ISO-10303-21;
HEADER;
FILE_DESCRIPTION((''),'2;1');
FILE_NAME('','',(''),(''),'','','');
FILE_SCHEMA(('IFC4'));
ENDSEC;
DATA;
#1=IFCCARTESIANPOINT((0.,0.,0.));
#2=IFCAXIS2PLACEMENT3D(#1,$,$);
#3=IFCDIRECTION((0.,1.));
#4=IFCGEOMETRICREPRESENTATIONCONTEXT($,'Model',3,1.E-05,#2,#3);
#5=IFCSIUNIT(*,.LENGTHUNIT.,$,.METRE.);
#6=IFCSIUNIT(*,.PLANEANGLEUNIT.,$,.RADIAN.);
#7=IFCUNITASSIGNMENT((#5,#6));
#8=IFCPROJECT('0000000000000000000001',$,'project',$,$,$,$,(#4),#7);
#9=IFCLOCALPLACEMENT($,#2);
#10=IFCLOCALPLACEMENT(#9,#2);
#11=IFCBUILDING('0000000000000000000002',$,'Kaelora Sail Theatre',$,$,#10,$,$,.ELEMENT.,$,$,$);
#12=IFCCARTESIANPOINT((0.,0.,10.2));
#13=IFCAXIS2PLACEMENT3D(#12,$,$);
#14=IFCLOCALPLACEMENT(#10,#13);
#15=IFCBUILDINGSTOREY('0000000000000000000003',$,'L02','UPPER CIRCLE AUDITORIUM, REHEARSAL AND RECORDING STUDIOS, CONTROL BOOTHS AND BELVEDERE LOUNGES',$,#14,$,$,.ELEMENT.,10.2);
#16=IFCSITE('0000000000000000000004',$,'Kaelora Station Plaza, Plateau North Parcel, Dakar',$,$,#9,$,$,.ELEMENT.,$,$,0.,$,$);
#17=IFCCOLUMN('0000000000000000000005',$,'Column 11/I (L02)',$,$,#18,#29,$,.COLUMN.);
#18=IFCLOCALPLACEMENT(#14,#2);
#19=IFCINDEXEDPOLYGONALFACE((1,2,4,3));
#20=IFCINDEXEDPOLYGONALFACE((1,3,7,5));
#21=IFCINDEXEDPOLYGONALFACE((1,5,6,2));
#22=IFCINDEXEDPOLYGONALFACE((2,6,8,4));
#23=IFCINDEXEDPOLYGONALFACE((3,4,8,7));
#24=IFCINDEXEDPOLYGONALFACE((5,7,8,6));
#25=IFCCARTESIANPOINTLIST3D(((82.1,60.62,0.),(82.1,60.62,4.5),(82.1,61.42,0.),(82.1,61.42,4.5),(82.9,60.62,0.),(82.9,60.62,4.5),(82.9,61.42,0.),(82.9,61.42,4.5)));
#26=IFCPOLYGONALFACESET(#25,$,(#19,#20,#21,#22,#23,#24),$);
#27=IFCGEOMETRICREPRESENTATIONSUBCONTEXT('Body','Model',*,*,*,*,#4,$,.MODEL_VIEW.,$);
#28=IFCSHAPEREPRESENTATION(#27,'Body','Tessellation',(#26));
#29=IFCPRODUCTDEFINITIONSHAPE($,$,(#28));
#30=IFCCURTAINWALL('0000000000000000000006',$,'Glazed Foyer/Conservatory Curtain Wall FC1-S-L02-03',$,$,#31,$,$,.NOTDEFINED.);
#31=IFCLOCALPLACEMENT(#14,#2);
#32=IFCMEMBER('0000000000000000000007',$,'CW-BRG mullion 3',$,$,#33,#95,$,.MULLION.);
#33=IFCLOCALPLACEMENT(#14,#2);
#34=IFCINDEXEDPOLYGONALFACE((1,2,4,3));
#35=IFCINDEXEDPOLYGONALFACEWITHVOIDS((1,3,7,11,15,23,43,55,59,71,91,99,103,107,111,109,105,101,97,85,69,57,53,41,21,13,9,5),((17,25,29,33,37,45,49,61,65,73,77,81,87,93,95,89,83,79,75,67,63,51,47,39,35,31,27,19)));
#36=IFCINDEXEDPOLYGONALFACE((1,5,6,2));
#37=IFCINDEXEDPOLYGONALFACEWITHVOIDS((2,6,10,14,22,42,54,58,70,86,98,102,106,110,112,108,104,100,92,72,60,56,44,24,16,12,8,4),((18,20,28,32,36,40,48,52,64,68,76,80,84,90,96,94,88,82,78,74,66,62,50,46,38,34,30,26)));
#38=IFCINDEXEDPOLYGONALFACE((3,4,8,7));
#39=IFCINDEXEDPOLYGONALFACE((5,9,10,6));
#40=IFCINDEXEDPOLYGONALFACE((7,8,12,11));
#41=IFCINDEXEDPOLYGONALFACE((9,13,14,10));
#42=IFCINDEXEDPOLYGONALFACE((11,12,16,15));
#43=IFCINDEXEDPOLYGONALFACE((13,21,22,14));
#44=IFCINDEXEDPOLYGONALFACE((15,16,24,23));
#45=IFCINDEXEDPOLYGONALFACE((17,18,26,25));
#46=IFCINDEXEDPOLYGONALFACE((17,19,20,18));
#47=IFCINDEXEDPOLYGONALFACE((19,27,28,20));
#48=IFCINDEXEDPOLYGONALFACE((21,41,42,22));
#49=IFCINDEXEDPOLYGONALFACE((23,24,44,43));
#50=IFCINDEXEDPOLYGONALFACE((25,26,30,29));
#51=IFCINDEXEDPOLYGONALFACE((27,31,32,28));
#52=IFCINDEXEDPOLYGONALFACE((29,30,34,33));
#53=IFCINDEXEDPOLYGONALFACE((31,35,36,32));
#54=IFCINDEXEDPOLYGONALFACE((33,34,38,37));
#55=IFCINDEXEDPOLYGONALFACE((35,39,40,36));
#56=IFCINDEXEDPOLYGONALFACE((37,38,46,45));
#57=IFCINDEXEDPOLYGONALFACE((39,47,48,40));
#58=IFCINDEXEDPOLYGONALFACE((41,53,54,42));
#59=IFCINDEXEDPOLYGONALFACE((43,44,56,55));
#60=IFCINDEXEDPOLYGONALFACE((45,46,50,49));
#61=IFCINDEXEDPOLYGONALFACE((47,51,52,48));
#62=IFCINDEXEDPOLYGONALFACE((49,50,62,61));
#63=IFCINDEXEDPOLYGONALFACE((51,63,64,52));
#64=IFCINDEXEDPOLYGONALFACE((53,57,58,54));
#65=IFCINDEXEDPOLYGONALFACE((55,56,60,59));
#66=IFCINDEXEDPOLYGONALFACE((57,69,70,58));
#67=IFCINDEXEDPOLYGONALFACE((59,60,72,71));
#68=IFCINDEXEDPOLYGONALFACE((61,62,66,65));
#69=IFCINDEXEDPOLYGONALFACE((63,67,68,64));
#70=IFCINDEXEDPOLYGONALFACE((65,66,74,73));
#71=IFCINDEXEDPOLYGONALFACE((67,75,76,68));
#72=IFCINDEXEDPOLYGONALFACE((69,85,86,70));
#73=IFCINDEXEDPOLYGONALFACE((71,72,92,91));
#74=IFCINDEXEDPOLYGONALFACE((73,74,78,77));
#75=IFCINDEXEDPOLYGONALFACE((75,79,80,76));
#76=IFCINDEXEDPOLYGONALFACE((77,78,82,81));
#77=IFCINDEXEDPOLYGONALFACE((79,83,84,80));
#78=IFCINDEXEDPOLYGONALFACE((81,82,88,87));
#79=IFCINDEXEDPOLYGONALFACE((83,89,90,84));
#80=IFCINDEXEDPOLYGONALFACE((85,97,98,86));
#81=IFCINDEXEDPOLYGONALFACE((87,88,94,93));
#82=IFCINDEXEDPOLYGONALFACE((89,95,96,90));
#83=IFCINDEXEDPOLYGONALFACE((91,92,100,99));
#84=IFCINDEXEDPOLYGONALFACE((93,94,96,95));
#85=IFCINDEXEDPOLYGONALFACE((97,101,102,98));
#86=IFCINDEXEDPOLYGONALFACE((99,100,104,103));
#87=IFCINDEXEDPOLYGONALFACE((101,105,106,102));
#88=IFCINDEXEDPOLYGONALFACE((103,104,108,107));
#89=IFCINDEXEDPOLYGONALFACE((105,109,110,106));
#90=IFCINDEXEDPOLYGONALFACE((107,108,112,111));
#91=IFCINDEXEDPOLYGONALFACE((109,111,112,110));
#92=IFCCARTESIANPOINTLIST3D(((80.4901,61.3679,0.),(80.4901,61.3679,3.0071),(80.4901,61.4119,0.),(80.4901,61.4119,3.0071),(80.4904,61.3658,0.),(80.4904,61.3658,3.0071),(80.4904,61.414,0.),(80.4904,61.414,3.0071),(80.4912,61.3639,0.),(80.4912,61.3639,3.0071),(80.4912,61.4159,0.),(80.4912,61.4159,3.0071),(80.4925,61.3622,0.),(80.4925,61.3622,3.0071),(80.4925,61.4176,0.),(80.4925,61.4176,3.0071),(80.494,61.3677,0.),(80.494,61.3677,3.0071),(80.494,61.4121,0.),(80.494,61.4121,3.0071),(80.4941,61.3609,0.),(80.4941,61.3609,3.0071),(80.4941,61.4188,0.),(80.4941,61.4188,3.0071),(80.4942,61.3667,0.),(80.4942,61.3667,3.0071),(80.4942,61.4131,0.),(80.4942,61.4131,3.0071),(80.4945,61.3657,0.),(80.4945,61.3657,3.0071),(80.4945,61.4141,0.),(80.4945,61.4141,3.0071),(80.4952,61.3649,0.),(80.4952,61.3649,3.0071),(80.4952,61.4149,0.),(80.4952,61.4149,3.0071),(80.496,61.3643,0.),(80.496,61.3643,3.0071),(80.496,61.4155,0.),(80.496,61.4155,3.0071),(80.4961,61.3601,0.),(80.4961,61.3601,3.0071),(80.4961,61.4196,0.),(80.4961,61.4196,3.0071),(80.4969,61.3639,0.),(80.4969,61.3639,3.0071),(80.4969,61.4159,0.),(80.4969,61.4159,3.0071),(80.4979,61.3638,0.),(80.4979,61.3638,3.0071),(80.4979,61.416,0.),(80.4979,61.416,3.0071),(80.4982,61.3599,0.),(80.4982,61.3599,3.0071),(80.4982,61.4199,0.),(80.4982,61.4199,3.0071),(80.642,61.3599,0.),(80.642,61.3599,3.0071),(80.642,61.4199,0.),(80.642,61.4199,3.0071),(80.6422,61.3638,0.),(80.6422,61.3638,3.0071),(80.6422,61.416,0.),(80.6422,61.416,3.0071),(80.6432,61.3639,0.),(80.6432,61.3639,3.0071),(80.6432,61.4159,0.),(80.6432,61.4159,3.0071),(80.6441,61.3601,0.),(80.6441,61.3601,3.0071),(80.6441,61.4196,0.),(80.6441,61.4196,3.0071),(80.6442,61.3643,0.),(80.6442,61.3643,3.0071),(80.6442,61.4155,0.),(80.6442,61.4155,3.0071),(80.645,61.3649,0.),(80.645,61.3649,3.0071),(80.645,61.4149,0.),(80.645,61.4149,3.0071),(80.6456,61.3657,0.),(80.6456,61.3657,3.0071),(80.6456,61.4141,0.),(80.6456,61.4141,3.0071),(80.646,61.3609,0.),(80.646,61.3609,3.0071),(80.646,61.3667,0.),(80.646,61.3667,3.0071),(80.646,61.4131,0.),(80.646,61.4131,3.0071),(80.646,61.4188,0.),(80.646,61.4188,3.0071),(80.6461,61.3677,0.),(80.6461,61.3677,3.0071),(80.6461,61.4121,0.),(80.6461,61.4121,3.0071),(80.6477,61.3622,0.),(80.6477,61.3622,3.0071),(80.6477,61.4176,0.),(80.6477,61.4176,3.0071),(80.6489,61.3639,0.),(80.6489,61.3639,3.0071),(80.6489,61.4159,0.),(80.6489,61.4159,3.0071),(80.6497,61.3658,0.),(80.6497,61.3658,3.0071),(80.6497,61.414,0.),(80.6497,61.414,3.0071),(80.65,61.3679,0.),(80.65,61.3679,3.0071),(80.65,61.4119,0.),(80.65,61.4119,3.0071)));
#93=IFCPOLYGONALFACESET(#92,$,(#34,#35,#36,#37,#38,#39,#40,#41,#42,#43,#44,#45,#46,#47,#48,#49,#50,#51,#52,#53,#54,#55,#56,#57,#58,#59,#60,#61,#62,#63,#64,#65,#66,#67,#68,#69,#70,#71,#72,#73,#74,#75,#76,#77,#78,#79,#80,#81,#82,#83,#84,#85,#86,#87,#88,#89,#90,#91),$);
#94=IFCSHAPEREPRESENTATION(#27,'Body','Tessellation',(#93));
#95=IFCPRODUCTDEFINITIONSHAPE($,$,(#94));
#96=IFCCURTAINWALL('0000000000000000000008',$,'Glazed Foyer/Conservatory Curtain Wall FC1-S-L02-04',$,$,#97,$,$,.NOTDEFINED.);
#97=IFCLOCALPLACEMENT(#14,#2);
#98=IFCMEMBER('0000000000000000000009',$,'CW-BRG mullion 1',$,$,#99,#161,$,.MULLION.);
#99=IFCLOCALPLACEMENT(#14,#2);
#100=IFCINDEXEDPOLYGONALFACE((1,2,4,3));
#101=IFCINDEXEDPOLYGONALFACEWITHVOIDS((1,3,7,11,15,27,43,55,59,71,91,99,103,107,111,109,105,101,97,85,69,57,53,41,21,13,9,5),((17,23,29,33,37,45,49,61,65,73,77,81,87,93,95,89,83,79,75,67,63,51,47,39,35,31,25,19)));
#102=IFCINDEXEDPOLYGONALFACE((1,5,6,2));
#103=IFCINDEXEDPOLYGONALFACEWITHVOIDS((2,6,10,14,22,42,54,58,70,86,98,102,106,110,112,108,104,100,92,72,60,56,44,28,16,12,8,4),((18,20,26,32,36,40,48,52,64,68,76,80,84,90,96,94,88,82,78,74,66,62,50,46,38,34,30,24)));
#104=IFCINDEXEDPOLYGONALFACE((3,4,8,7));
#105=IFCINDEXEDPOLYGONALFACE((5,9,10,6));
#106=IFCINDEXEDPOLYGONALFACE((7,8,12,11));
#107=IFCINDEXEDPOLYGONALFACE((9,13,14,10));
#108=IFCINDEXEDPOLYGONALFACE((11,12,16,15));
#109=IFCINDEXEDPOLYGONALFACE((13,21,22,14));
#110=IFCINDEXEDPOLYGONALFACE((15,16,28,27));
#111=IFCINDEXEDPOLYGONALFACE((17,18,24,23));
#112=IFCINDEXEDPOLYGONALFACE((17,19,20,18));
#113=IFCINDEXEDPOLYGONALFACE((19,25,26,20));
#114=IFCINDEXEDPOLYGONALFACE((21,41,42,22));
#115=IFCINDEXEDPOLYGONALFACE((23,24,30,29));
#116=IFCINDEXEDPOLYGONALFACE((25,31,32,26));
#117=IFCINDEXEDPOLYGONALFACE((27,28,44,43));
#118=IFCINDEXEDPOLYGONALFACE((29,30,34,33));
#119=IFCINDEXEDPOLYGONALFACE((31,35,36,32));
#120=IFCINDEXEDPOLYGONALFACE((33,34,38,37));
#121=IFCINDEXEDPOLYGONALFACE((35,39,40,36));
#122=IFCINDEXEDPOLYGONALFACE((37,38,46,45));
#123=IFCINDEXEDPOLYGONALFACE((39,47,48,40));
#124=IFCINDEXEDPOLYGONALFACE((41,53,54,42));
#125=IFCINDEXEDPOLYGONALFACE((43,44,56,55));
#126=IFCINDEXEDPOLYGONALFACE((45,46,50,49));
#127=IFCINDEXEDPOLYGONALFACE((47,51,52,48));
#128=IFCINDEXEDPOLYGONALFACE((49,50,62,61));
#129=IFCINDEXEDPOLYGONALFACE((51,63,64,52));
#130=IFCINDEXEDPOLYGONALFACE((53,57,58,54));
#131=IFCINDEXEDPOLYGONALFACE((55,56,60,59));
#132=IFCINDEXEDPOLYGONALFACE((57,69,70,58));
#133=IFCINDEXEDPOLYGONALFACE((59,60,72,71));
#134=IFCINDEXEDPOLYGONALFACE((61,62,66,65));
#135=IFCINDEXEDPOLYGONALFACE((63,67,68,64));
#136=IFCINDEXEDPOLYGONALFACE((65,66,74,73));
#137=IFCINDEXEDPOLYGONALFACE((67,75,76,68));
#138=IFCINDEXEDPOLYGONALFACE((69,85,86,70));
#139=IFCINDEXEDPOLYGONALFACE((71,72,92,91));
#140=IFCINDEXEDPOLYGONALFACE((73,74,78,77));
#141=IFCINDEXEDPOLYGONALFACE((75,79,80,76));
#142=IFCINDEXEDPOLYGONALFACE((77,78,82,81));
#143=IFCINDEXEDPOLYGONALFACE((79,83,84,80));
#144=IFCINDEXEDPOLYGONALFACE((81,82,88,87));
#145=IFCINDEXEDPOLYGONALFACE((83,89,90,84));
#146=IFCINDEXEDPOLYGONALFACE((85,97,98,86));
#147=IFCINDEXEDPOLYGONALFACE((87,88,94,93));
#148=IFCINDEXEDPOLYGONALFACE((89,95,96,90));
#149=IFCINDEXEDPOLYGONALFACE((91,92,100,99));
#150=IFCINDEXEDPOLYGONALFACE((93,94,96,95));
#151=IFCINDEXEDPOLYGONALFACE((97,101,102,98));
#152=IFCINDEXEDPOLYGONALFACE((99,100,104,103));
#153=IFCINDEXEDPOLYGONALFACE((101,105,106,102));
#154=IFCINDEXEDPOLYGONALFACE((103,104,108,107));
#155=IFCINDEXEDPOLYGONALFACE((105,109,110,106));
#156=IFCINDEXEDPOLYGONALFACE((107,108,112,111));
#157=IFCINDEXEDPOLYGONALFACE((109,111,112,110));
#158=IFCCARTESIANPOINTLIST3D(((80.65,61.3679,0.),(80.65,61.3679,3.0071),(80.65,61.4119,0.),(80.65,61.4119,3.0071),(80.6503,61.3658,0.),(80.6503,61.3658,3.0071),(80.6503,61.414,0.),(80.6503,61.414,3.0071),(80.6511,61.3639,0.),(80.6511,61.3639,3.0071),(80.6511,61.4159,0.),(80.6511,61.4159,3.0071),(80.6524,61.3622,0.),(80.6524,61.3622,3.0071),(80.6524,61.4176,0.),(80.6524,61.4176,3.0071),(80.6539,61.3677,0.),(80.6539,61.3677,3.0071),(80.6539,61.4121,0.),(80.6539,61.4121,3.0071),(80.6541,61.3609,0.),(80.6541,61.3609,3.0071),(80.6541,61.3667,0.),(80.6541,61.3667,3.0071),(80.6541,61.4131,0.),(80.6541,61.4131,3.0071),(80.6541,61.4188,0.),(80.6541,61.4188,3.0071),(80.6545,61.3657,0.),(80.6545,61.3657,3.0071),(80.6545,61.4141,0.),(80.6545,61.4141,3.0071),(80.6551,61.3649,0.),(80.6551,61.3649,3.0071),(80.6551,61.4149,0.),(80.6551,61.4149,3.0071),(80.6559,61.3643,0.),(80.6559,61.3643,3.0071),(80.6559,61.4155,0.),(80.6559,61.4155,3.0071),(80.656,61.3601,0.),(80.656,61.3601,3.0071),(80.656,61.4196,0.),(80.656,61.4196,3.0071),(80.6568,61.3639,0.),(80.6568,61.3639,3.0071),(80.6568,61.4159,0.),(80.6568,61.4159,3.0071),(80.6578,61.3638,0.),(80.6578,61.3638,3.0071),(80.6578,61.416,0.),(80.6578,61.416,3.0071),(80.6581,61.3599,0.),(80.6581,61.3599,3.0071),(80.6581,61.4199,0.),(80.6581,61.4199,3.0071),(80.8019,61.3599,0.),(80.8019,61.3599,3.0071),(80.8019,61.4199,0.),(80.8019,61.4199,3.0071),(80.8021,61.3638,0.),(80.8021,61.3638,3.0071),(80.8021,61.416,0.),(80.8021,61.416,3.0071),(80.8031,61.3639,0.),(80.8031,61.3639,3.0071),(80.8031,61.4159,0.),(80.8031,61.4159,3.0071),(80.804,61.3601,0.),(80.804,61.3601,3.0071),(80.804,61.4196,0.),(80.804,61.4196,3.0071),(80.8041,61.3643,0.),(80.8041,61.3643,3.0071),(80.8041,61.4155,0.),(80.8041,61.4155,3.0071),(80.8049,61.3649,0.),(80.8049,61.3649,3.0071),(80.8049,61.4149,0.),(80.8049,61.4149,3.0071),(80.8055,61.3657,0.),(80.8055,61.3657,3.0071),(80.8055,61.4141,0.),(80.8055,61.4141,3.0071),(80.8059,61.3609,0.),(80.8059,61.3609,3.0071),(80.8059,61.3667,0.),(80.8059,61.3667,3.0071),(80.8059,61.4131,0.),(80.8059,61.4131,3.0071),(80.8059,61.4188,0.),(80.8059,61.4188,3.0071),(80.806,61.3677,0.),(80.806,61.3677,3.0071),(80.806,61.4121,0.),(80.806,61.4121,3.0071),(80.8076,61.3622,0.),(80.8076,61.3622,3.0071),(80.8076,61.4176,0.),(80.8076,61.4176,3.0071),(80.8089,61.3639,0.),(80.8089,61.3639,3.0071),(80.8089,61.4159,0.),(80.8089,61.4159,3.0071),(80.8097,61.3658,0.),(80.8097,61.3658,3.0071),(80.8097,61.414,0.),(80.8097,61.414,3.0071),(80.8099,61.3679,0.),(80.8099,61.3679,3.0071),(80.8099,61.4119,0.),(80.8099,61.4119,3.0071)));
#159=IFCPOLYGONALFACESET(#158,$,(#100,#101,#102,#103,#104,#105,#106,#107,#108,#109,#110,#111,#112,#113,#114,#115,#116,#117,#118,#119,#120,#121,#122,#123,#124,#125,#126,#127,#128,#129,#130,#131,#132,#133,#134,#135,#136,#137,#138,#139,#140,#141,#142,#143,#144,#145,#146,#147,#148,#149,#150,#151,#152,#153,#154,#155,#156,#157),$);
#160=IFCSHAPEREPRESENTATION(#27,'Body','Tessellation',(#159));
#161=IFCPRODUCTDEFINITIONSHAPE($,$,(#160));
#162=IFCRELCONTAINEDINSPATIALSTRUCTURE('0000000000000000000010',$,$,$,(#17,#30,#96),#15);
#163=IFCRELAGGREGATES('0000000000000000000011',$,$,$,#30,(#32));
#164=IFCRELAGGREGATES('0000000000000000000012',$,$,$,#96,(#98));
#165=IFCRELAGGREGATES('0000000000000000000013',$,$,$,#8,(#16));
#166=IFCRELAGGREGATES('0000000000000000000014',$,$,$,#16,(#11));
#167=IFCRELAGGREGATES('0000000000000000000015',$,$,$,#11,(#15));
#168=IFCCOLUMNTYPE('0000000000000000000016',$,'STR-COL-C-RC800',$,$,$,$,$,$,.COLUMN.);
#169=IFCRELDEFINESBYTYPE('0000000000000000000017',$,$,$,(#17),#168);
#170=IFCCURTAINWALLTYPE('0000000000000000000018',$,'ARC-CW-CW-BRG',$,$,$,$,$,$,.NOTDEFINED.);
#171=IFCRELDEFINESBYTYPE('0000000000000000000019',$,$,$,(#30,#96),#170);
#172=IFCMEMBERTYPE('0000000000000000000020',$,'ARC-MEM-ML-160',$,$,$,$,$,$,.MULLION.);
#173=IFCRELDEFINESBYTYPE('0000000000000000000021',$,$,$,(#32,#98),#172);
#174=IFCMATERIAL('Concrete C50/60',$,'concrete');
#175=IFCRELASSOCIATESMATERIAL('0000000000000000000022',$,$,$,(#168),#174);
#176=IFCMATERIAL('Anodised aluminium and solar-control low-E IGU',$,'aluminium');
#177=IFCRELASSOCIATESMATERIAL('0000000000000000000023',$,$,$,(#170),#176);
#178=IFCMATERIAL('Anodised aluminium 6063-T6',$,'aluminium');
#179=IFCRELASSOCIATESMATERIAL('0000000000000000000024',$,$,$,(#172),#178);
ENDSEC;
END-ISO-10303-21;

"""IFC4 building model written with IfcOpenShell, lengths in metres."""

from ifc_helpers import new_model, si_unit, direction, frame, origin, origin_2d, place, context, subcontext, project, spatial, rectangle, hollow_rectangle, extrude, material, material_profile, profile_set, type_object, element, aggregate, save


model = new_model("IFC4")

# Units and contexts
model_context = context("Model", 3, precision=1e-05, world=origin(), true_north=direction((0.0, 1.0)))
body_context = subcontext(model_context, "Body", "Model", "MODEL_VIEW")
ifc_project = project(units=[si_unit("LENGTHUNIT", "METRE"), si_unit("PLANEANGLEUNIT", "RADIAN")], contexts=[model_context])

# Site, building, storey
site_placement = place(None, origin())
site = spatial("IfcSite", under=ifc_project, at=site_placement, Name="Kaelora Station Plaza, Plateau North Parcel, Dakar", CompositionType="ELEMENT", RefElevation=0.0)
building_placement = place(site_placement, origin())
building = spatial("IfcBuilding", under=site, at=building_placement, Name="Kaelora Sail Theatre", CompositionType="ELEMENT")
storey_placement = place(building_placement, frame((0.0, 0.0, 10.2)))
storey = spatial("IfcBuildingStorey", under=building, at=storey_placement, Name="L02", Description="UPPER CIRCLE AUDITORIUM, REHEARSAL AND RECORDING STUDIOS, CONTROL BOOTHS AND BELVEDERE LOUNGES", CompositionType="ELEMENT", Elevation=10.2)

# Column
ifc_material_1 = material(Name="Concrete C50/60", Category="concrete")
ifc_material_profile_1 = material_profile(ifc_material_1, rectangle(XDim=0.8, YDim=0.8, at=origin_2d()), Name="RC-COL 800x800")
ifc_profile_set_1 = profile_set([ifc_material_profile_1], Name="Concrete C50/60")
column_type = type_object("IfcColumnType", Name="STR-COL-C-RC800", PredefinedType="COLUMN", material=ifc_profile_set_1)
column_placement = place(storey_placement, frame((82.5, 61.02, 0.0), z_axis=(0.0, 0.0, 1.0), x_axis=(1.0, 0.0, 0.0)))
element("IfcColumn", 1, at=column_placement, inside=storey, type_object=column_type, Name="Column 11/I (L02)", PredefinedType="COLUMN", context=body_context, shape_type="SweptSolid", body=[
    extrude(rectangle(XDim=0.8, YDim=0.8, at=origin_2d()), origin(), (0.0, 0.0, 1.0), 4.5),
])

# Curtain wall, member
ifc_material_2 = material(Name="Anodised aluminium and solar-control low-E IGU", Category="aluminium")
curtain_wall_type = type_object("IfcCurtainWallType", Name="ARC-CW-CW-BRG", PredefinedType="NOTDEFINED", material=ifc_material_2)
curtain_wall_1_placement = place(storey_placement, origin())
curtain_wall_1 = element("IfcCurtainWall", 2, at=curtain_wall_1_placement, inside=storey, type_object=curtain_wall_type, Name="Glazed Foyer/Conservatory Curtain Wall FC1-S-L02-03", PredefinedType="NOTDEFINED")
ifc_material_3 = material(Name="Anodised aluminium 6063-T6", Category="aluminium")
ifc_material_profile_2 = material_profile(ifc_material_3, hollow_rectangle(XDim=0.0601, YDim=0.1599, WallThickness=0.0039, InnerFilletRadius=0.0039, OuterFilletRadius=0.0081, at=origin_2d()), Name="ALU-MULL 60x160x4")
ifc_profile_set_2 = profile_set([ifc_material_profile_2], Name="Anodised aluminium 6063-T6")
member_type_1 = type_object("IfcMemberType", Name="ARC-MEM-ML-160", PredefinedType="MULLION", material=ifc_profile_set_2)
member_1_placement = place(storey_placement, frame((80.5701, 61.3899, 0.0), z_axis=(0.0, 0.0, 1.0), x_axis=(0.0, 1.0, 0.0)))
member_1 = element("IfcMember", 3, at=member_1_placement, type_object=member_type_1, Name="CW-BRG mullion 3", PredefinedType="MULLION", context=body_context, shape_type="SweptSolid", body=[
    extrude(hollow_rectangle(XDim=0.0601, YDim=0.1599, WallThickness=0.0039, InnerFilletRadius=0.0039, OuterFilletRadius=0.0081, at=origin_2d()), origin(), (0.0, 0.0, 1.0), 3.0071),
])

# Curtain wall, member
curtain_wall_2_placement = place(storey_placement, origin())
curtain_wall_2 = element("IfcCurtainWall", 4, at=curtain_wall_2_placement, inside=storey, type_object=curtain_wall_type, Name="Glazed Foyer/Conservatory Curtain Wall FC1-S-L02-04", PredefinedType="NOTDEFINED")
member_2_placement = place(storey_placement, frame((80.73, 61.3899, 0.0), z_axis=(0.0, 0.0, 1.0), x_axis=(0.0, 1.0, 0.0)))
member_2 = element("IfcMember", 5, at=member_2_placement, type_object=member_type_1, Name="CW-BRG mullion 1", PredefinedType="MULLION", context=body_context, shape_type="SweptSolid", body=[
    extrude(hollow_rectangle(XDim=0.0601, YDim=0.1599, WallThickness=0.0039, InnerFilletRadius=0.0039, OuterFilletRadius=0.0081, at=origin_2d()), origin(), (0.0, 0.0, 1.0), 3.0071),
])

aggregate(curtain_wall_1, [member_1])
aggregate(curtain_wall_2, [member_2])

save(model, "model.ifc")
